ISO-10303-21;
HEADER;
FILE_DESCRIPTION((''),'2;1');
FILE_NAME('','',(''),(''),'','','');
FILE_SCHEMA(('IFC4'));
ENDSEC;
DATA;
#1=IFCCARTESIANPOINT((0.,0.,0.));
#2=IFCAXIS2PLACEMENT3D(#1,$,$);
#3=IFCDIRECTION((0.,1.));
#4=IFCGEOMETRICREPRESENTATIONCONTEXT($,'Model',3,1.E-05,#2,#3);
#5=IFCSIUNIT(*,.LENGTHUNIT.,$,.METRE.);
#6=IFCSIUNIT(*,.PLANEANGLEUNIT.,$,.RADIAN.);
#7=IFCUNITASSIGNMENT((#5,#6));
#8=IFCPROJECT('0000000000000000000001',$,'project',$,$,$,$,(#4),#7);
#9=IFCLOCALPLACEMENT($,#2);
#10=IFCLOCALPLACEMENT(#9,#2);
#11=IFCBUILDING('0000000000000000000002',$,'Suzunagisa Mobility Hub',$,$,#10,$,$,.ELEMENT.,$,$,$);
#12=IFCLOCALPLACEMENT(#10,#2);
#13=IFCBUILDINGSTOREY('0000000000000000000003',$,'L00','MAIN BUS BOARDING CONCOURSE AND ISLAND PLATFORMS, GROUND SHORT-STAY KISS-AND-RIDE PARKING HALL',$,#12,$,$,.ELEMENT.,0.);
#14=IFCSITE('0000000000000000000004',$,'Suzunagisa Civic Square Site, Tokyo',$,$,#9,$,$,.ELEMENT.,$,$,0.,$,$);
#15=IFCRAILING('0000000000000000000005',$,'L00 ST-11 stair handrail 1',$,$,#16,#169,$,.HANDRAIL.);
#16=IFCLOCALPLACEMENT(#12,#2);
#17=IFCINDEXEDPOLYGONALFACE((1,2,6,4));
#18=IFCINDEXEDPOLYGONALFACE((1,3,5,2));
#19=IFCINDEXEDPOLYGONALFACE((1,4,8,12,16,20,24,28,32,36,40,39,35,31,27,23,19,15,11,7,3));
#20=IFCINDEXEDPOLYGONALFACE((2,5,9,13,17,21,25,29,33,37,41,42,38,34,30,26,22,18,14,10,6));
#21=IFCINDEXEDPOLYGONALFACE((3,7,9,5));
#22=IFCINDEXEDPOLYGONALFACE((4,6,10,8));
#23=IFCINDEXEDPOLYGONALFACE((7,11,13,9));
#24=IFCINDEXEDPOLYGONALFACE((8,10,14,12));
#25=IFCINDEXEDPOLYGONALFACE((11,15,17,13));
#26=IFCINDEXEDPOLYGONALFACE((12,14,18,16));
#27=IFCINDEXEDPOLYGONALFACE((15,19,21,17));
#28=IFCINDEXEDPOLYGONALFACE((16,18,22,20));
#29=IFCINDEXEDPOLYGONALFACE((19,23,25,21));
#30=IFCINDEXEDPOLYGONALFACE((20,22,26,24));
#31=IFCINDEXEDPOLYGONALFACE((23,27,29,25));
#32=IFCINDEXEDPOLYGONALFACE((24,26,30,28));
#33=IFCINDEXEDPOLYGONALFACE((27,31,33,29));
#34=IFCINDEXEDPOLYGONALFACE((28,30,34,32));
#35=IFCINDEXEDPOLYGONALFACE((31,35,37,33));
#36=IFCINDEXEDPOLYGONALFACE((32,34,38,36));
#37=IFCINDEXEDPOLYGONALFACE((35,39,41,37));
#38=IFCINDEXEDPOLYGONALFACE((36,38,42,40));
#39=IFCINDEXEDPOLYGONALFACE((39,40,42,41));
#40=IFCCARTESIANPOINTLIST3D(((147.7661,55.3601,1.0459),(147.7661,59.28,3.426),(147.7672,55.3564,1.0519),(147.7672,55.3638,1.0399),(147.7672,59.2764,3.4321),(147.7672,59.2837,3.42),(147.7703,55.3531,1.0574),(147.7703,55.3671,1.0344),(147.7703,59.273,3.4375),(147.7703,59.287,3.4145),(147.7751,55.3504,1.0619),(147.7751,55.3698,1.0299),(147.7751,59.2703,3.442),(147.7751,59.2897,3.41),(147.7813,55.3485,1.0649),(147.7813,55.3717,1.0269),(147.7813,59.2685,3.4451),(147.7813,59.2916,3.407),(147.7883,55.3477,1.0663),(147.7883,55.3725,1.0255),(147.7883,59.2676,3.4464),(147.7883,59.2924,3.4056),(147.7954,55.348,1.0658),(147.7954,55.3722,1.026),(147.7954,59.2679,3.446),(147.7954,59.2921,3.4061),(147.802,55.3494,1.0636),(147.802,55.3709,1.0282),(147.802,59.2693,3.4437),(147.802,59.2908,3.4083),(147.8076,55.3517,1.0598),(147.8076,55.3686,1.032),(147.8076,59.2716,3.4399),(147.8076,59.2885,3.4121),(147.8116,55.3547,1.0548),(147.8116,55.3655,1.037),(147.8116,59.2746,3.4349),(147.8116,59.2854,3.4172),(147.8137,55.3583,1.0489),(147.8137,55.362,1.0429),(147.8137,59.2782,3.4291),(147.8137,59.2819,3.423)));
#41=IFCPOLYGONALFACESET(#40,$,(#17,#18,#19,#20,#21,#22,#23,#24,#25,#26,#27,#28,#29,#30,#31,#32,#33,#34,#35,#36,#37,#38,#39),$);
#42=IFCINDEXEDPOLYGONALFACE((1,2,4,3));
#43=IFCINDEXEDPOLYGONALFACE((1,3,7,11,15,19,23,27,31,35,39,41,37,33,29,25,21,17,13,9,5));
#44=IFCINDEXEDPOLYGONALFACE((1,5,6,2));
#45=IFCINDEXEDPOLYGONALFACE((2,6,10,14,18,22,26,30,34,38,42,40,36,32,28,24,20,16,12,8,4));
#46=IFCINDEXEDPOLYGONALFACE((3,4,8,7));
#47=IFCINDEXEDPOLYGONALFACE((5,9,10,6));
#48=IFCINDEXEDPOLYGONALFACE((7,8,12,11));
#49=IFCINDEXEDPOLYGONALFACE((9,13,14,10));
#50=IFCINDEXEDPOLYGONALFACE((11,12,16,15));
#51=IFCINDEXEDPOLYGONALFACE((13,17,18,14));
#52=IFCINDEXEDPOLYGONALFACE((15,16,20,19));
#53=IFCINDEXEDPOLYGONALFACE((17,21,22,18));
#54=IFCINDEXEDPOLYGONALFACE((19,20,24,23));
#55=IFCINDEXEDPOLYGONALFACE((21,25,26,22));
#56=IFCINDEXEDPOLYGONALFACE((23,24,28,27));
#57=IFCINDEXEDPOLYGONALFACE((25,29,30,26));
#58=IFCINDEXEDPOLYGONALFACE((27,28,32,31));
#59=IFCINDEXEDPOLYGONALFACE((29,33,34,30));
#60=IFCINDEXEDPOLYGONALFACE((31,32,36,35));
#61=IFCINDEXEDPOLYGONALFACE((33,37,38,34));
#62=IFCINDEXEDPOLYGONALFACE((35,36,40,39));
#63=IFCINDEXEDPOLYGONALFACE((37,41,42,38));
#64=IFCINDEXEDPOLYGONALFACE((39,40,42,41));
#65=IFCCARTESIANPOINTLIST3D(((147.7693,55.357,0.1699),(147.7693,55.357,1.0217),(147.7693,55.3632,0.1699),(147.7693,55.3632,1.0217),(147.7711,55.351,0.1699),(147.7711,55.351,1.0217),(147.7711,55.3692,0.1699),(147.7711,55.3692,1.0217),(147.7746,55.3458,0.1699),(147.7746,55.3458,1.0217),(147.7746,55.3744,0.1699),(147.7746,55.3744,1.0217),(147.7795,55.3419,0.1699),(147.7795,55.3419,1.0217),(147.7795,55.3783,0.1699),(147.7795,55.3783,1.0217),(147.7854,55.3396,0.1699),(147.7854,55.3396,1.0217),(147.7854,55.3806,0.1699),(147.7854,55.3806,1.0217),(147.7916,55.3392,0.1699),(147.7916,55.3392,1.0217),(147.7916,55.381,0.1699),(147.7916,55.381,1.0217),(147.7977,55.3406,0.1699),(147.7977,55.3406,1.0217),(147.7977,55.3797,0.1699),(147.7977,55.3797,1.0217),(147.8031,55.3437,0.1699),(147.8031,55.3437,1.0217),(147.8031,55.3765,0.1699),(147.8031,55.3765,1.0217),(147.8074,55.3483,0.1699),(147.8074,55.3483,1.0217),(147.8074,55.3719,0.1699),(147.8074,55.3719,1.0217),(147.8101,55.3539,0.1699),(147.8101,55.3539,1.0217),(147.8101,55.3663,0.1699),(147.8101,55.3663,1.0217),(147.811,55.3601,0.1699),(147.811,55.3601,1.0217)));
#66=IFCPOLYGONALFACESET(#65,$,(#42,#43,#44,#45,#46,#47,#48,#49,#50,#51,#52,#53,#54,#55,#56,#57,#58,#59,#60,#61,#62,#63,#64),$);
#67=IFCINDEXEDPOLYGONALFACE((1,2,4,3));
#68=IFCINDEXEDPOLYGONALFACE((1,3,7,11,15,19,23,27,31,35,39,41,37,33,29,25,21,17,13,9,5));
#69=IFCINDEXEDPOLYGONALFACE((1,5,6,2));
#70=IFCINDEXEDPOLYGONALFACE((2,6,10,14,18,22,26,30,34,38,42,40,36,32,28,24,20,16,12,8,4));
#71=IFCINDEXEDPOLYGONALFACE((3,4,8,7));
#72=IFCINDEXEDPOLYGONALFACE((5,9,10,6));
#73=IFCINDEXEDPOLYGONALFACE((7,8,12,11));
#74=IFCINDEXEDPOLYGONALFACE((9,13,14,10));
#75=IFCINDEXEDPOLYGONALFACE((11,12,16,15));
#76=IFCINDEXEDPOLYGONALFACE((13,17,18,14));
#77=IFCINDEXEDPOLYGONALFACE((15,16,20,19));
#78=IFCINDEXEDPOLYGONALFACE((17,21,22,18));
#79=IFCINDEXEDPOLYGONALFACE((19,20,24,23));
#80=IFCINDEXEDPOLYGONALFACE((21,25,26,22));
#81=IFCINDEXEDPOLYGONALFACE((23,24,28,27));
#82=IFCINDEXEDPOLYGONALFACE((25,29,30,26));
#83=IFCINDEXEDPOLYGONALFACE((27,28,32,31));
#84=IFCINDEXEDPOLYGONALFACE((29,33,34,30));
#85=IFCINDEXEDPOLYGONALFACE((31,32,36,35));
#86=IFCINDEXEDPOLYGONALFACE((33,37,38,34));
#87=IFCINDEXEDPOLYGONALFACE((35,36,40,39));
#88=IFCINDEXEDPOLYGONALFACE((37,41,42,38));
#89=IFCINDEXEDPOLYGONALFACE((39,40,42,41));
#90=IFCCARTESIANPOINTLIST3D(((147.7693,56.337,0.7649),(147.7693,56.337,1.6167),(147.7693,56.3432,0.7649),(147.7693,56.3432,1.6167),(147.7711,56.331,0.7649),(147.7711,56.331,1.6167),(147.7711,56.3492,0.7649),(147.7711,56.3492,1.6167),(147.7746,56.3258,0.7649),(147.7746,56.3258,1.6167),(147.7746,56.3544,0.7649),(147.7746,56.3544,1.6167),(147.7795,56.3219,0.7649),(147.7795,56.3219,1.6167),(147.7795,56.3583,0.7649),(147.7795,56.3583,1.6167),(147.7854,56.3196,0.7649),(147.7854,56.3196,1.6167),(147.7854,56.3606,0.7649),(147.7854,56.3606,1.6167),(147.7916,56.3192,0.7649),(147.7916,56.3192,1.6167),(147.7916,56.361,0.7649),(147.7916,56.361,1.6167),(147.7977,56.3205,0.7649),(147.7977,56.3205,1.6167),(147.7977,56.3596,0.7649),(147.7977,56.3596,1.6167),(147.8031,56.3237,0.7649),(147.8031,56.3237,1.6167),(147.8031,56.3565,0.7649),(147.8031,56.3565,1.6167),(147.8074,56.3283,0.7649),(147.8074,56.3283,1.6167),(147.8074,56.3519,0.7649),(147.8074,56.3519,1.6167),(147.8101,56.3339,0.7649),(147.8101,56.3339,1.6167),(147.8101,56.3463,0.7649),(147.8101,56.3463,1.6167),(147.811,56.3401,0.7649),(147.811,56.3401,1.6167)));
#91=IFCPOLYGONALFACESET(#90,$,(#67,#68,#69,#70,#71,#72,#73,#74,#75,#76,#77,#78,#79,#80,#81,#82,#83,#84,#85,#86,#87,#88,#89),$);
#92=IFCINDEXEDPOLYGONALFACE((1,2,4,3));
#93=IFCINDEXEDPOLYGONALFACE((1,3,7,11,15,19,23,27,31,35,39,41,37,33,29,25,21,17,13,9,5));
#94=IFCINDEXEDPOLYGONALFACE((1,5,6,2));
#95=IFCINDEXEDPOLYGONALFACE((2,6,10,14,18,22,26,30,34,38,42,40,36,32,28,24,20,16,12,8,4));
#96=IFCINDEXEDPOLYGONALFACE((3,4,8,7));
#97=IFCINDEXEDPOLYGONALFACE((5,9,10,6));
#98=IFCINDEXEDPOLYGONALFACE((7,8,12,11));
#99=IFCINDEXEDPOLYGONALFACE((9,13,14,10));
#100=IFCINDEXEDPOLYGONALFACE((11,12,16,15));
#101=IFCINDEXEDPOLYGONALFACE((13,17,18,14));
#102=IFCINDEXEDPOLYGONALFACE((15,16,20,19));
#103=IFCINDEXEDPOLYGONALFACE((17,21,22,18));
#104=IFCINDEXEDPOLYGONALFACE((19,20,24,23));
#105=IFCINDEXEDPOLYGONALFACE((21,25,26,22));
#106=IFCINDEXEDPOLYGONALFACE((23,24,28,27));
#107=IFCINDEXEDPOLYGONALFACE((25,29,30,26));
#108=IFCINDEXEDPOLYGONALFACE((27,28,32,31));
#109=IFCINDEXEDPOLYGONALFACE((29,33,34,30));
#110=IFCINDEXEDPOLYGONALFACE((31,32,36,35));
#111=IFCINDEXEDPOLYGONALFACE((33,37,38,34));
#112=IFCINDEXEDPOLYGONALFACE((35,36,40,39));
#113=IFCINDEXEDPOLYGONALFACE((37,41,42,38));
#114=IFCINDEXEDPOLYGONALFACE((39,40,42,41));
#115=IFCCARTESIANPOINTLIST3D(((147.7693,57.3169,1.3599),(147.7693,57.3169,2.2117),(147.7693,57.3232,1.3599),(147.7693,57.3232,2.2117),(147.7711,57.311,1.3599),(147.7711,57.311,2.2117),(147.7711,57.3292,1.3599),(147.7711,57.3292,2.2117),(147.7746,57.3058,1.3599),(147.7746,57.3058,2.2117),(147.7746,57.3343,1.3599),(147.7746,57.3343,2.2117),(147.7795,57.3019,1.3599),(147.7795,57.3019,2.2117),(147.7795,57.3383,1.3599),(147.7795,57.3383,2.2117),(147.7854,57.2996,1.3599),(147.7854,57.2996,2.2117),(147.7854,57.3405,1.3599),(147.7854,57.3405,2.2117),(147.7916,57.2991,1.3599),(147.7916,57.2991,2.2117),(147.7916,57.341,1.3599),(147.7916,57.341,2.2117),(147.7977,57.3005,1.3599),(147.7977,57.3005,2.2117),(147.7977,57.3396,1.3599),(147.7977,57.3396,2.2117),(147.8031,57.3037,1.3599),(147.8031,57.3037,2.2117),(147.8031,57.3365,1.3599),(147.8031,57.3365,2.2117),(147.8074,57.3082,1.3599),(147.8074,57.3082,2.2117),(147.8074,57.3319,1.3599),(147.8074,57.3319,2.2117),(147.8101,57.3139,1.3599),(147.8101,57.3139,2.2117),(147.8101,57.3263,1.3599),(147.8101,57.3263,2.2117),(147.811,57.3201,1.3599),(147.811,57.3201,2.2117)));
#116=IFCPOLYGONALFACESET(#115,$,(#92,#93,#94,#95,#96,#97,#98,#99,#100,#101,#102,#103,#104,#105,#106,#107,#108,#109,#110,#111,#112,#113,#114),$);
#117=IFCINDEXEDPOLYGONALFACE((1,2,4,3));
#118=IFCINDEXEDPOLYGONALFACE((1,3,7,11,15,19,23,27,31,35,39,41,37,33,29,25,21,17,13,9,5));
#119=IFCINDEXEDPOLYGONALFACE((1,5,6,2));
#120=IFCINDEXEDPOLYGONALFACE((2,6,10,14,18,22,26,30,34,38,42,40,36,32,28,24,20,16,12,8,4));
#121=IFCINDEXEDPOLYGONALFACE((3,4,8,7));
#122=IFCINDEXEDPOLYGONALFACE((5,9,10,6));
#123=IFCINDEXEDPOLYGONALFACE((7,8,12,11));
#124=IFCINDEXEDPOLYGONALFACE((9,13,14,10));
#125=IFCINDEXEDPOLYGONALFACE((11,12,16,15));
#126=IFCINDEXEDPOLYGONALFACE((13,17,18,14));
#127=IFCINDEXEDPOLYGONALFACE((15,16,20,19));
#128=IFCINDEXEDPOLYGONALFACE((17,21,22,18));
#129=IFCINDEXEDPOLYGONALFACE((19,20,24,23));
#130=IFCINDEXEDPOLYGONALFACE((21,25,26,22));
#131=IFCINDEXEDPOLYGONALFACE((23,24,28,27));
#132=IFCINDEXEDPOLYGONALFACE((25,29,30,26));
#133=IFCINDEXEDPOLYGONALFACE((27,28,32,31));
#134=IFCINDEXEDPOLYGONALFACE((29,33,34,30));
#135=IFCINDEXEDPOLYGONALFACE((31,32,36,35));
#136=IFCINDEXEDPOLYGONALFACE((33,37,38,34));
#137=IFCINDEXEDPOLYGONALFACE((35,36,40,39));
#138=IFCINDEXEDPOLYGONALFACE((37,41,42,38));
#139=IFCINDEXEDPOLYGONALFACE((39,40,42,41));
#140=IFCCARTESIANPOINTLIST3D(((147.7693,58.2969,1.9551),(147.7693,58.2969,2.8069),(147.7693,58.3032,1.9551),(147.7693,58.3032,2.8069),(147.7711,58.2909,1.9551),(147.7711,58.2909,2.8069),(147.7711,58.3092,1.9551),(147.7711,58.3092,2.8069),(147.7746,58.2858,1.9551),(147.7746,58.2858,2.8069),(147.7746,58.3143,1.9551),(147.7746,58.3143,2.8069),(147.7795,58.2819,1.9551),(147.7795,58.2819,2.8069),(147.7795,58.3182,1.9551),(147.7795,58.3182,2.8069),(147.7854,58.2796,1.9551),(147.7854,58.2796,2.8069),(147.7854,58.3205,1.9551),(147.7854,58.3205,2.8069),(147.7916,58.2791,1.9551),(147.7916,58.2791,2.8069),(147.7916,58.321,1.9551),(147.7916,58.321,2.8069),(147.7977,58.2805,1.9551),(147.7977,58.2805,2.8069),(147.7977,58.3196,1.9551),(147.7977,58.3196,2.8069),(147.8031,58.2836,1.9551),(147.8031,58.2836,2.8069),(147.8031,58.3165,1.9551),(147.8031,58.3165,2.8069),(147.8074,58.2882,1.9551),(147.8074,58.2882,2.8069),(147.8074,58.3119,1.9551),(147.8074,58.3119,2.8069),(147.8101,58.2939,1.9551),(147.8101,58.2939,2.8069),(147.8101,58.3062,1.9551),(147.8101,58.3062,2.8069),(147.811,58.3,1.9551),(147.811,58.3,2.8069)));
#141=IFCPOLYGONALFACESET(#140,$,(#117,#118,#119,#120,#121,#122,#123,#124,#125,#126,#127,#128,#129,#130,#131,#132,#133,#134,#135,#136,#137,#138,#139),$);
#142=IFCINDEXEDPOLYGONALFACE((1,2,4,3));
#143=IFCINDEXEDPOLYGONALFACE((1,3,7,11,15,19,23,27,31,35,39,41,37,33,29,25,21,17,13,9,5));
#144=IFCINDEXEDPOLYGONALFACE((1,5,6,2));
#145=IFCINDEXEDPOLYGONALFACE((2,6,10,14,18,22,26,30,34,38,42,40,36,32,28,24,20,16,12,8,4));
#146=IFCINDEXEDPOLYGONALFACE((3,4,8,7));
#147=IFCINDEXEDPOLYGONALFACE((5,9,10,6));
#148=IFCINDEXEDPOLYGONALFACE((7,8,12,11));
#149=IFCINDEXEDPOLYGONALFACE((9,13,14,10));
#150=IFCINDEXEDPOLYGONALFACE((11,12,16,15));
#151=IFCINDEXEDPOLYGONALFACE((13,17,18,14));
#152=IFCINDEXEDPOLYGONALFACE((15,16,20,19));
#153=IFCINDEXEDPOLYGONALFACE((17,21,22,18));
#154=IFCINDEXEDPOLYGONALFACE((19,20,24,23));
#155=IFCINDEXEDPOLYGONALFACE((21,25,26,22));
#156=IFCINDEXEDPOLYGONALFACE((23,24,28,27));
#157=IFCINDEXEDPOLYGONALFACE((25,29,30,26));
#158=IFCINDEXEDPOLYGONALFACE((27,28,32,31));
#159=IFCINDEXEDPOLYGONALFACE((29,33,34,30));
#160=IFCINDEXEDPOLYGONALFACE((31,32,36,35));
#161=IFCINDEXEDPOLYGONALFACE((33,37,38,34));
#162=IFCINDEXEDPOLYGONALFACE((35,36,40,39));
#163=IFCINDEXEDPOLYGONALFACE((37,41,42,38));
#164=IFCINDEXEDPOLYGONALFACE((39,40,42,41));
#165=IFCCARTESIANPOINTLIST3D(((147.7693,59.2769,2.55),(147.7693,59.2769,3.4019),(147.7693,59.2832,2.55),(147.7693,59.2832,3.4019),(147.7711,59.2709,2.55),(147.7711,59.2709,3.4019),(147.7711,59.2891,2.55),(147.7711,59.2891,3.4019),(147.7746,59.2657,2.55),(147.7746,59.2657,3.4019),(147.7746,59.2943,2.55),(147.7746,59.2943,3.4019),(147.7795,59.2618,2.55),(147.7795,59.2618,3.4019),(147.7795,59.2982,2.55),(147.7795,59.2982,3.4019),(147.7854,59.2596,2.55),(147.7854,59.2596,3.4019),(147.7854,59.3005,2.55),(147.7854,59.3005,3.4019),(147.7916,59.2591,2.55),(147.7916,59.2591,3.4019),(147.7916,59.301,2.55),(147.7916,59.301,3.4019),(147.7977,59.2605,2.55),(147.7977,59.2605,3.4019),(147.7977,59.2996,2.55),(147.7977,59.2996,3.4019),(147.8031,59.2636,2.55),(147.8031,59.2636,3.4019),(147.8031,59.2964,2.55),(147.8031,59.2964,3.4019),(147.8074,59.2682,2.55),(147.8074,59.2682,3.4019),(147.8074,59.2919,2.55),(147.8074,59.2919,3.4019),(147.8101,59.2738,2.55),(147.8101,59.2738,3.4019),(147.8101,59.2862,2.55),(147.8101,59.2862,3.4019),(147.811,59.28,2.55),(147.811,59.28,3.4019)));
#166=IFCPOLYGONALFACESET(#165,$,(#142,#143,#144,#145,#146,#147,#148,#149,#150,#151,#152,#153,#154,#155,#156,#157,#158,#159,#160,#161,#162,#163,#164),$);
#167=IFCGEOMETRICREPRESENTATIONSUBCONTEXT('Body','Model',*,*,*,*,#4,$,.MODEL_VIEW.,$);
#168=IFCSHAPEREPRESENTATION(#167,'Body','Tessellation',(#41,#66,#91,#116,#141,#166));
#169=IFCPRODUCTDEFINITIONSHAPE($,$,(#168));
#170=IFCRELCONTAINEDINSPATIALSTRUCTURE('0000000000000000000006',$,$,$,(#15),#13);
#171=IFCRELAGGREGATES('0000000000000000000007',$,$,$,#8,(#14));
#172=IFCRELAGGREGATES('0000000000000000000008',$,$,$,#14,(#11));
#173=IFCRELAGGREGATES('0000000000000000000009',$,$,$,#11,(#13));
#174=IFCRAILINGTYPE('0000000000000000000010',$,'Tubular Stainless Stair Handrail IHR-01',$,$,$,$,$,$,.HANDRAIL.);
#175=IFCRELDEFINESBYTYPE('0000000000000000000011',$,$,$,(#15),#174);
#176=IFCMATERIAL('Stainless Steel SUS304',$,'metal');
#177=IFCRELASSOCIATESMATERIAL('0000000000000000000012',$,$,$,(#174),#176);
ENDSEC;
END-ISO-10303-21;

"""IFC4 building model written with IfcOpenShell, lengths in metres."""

from ifc_helpers import new_model, si_unit, direction, frame, origin, origin_2d, place, context, subcontext, project, spatial, circle, extrude, material, type_object, element, save


model = new_model("IFC4")

# Units and contexts
model_context = context("Model", 3, precision=1e-05, world=origin(), true_north=direction((0.0, 1.0)))
body_context = subcontext(model_context, "Body", "Model", "MODEL_VIEW")
ifc_project = project(units=[si_unit("LENGTHUNIT", "METRE"), si_unit("PLANEANGLEUNIT", "RADIAN")], contexts=[model_context])

# Site, building, storey
site_placement = place(None, origin())
site = spatial("IfcSite", under=ifc_project, at=site_placement, Name="Suzunagisa Civic Square Site, Tokyo", CompositionType="ELEMENT", RefElevation=0.0)
building_placement = place(site_placement, origin())
building = spatial("IfcBuilding", under=site, at=building_placement, Name="Suzunagisa Mobility Hub", CompositionType="ELEMENT")
storey_placement = place(building_placement, origin())
storey = spatial("IfcBuildingStorey", under=building, at=storey_placement, Name="L00", Description="MAIN BUS BOARDING CONCOURSE AND ISLAND PLATFORMS, GROUND SHORT-STAY KISS-AND-RIDE PARKING HALL", CompositionType="ELEMENT", Elevation=0.0)

# Railing
ifc_material_1 = material(Name="Stainless Steel SUS304", Category="metal")
railing_type_1 = type_object("IfcRailingType", Name="Tubular Stainless Stair Handrail IHR-01", PredefinedType="HANDRAIL", material=ifc_material_1)
railing_1_placement = place(storey_placement, frame((147.79, 55.3601, 0.1699)))
element("IfcRailing", 1, at=railing_1_placement, inside=storey, type_object=railing_type_1, Name="L00 ST-11 stair handrail 1", PredefinedType="HANDRAIL", context=body_context, shape_type="SweptSolid", body=[
    extrude(circle(Radius=0.0239, at=origin_2d()), frame((0.0, 0.0, 0.876), z_axis=(0.0, 0.854771, 0.519006), x_axis=(-1.0, 0.0, 0.0)), (0.0, 0.0, 1.0), 4.5859),
    extrude(circle(Radius=0.021, at=origin_2d()), origin(), (0.0, 0.0, 1.0), 0.8518),
    extrude(circle(Radius=0.021, at=origin_2d()), frame((0.0, 0.98, 0.595)), (0.0, 0.0, 1.0), 0.8518),
    extrude(circle(Radius=0.021, at=origin_2d()), frame((0.0, 1.96, 1.1899)), (0.0, 0.0, 1.0), 0.8518),
    extrude(circle(Radius=0.021, at=origin_2d()), frame((0.0, 2.9399, 1.7852)), (0.0, 0.0, 1.0), 0.8518),
    extrude(circle(Radius=0.021, at=origin_2d()), frame((0.0, 3.9199, 2.3801)), (0.0, 0.0, 1.0), 0.8518),
])

save(model, "model.ifc")
